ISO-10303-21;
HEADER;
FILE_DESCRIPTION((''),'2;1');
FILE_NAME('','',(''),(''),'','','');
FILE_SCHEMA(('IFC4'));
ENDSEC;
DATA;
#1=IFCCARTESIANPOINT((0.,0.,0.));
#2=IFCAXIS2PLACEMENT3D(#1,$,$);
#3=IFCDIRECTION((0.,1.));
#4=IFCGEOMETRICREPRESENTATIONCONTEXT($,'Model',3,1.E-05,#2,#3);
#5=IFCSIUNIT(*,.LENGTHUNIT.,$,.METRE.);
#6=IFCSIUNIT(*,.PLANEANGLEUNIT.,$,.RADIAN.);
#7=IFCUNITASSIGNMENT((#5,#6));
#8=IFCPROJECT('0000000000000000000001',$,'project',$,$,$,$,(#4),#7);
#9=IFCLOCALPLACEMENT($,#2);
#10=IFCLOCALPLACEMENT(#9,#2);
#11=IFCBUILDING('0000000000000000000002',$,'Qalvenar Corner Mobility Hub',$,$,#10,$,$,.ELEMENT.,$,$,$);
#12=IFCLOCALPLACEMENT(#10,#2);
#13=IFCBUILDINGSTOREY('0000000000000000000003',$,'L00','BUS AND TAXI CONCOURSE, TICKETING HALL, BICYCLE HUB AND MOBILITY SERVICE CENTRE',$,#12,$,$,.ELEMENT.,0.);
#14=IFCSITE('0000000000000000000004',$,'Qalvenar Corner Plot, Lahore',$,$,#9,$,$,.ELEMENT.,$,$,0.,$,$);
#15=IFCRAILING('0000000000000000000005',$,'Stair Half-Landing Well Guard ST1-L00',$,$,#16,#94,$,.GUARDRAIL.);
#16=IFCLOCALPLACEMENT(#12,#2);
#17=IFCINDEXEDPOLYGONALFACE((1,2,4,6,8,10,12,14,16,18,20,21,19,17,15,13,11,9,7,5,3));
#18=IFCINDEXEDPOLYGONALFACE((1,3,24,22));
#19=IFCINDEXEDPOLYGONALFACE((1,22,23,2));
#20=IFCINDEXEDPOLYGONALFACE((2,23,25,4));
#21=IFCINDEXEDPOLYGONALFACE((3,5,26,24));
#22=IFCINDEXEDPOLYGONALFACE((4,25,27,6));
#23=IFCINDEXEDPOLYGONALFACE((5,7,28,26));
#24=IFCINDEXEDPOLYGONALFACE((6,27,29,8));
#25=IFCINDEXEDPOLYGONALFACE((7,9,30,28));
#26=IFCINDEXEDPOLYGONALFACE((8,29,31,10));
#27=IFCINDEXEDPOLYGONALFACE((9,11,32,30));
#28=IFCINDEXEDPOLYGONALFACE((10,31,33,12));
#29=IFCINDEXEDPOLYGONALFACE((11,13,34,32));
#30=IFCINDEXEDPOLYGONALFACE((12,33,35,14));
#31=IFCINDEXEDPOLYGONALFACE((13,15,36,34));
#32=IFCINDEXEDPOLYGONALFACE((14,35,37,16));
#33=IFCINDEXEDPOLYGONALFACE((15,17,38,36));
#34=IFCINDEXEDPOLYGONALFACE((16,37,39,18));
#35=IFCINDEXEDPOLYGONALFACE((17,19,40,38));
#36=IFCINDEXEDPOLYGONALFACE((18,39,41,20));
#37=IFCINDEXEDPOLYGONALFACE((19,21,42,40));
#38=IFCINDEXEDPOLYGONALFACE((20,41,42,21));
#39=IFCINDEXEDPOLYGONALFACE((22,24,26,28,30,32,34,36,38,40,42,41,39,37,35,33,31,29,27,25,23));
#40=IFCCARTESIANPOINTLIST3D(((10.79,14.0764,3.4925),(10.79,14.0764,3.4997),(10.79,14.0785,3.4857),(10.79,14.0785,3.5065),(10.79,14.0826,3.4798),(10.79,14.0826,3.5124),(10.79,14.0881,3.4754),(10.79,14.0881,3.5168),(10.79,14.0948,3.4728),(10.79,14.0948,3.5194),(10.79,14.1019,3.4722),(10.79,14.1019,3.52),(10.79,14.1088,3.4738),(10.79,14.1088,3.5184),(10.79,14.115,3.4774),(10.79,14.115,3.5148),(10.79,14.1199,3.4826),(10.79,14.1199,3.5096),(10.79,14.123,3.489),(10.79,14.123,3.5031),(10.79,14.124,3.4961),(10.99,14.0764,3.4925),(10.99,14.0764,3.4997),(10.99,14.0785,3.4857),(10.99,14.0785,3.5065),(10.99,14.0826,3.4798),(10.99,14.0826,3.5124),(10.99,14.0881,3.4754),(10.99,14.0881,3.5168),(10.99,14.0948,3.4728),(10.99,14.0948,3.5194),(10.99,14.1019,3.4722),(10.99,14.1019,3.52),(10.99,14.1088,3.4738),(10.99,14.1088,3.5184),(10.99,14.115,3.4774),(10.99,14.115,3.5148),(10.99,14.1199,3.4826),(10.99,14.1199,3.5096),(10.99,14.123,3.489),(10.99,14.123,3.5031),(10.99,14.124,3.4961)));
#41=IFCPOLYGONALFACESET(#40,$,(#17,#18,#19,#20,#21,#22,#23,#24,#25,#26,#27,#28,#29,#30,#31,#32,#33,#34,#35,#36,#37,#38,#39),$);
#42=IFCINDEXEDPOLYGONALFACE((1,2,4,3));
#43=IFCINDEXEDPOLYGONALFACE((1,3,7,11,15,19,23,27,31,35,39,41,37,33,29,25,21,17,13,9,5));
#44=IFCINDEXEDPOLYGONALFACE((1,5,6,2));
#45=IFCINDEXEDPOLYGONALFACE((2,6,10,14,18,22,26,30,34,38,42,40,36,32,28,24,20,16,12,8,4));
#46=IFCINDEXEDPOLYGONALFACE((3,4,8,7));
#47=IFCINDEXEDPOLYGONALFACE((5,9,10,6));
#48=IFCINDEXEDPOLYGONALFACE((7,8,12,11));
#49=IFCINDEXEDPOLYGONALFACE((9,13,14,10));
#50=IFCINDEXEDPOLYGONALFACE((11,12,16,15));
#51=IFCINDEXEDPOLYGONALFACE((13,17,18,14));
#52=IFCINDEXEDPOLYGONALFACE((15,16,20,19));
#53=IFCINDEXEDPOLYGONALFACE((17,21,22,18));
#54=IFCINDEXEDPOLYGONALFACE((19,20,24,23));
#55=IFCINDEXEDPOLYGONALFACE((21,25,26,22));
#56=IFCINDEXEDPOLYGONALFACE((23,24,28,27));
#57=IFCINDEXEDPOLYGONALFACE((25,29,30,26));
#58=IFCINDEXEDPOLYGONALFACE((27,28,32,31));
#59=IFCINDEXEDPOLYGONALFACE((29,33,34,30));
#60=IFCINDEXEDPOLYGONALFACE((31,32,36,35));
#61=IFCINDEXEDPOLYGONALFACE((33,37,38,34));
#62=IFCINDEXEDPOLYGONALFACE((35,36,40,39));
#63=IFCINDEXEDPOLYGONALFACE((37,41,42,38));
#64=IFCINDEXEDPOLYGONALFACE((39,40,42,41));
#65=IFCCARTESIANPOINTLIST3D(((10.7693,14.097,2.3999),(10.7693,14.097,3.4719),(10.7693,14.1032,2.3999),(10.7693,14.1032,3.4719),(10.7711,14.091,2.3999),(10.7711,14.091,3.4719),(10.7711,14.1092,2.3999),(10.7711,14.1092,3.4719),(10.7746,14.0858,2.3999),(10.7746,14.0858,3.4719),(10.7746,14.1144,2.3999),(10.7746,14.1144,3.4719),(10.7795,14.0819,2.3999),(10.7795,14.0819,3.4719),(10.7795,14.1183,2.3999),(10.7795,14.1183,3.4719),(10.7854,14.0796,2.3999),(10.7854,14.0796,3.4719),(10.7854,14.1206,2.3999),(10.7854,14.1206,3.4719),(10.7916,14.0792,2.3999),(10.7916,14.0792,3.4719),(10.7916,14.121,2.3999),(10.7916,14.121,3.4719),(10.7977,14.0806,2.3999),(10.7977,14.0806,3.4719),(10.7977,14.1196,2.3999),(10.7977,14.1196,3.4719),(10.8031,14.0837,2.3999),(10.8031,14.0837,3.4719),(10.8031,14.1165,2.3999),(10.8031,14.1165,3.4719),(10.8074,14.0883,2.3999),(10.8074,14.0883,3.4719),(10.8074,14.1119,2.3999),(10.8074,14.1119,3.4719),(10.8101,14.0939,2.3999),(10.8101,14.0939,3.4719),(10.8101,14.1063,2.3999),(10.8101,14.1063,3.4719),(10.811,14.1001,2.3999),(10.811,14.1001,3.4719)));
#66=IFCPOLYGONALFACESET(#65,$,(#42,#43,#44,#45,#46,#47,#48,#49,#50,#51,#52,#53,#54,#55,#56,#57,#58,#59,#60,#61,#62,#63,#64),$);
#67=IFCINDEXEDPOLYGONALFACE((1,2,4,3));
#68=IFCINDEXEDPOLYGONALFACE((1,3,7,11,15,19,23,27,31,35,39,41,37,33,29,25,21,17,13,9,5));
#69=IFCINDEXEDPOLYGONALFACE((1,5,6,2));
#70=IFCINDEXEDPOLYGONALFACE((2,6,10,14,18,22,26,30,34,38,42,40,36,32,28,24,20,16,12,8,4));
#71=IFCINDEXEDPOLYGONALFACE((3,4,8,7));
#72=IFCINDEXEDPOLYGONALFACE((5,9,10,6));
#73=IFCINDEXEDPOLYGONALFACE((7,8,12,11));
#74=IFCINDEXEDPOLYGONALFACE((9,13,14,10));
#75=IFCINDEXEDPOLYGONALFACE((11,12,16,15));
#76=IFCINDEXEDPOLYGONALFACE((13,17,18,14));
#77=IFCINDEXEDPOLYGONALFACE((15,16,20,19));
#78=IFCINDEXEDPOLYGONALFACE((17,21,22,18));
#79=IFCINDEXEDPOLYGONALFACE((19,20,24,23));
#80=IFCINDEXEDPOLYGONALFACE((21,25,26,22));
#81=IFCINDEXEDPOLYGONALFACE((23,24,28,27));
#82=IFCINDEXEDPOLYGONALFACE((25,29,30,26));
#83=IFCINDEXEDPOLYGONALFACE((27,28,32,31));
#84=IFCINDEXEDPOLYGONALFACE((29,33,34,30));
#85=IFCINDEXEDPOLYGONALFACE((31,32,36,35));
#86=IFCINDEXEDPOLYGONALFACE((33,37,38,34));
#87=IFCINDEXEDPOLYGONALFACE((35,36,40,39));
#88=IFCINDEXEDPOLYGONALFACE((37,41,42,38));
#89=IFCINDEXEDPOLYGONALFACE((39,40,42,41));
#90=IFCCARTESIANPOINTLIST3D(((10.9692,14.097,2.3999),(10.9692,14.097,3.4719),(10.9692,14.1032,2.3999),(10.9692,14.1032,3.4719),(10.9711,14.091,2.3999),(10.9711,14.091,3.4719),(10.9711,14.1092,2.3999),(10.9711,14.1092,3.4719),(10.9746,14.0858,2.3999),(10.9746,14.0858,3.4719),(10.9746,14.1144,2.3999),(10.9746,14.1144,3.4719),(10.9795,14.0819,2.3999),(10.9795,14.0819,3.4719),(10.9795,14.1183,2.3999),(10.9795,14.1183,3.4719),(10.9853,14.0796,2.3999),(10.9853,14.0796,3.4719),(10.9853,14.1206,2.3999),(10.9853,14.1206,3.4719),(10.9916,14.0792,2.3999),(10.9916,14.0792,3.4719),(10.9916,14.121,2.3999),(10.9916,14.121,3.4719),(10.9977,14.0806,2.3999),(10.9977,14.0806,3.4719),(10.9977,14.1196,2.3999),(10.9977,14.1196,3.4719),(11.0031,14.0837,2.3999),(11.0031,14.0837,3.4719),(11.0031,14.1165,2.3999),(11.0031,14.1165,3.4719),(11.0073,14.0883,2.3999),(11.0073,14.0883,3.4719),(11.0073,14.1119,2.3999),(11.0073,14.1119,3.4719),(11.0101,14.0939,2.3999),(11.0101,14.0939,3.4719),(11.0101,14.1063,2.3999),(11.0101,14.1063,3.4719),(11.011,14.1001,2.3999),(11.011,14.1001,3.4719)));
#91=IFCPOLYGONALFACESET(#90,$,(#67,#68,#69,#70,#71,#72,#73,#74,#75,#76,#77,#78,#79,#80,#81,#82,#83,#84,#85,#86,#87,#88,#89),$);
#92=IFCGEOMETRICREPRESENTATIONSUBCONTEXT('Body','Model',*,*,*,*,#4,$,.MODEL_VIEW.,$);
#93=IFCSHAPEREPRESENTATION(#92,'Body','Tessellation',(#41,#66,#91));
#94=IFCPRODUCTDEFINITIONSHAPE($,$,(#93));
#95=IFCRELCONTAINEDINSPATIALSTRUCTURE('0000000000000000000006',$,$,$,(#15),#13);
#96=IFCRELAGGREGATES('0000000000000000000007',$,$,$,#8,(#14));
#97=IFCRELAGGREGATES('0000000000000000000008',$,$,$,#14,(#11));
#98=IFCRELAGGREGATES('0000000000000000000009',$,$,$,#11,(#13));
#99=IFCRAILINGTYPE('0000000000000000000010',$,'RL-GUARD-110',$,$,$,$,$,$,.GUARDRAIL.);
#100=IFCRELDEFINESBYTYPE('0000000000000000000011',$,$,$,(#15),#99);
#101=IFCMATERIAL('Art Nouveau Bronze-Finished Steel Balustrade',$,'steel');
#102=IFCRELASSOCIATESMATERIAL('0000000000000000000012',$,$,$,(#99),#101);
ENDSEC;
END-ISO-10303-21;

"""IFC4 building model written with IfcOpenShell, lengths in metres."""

from ifc_helpers import new_model, si_unit, direction, frame, origin, origin_2d, place, context, subcontext, project, spatial, circle, extrude, material, type_object, element, save


model = new_model("IFC4")

# Units and contexts
model_context = context("Model", 3, precision=1e-05, world=origin(), true_north=direction((0.0, 1.0)))
body_context = subcontext(model_context, "Body", "Model", "MODEL_VIEW")
ifc_project = project(units=[si_unit("LENGTHUNIT", "METRE"), si_unit("PLANEANGLEUNIT", "RADIAN")], contexts=[model_context])

# Site, building, storey
site_placement = place(None, origin())
site = spatial("IfcSite", under=ifc_project, at=site_placement, Name="Qalvenar Corner Plot, Lahore", CompositionType="ELEMENT", RefElevation=0.0)
building_placement = place(site_placement, origin())
building = spatial("IfcBuilding", under=site, at=building_placement, Name="Qalvenar Corner Mobility Hub", CompositionType="ELEMENT")
storey_placement = place(building_placement, origin())
storey = spatial("IfcBuildingStorey", under=building, at=storey_placement, Name="L00", Description="BUS AND TAXI CONCOURSE, TICKETING HALL, BICYCLE HUB AND MOBILITY SERVICE CENTRE", CompositionType="ELEMENT", Elevation=0.0)

# Railing
ifc_material_1 = material(Name="Art Nouveau Bronze-Finished Steel Balustrade", Category="steel")
railing_type_1 = type_object("IfcRailingType", Name="RL-GUARD-110", PredefinedType="GUARDRAIL", material=ifc_material_1)
for number, where, name in (
    (1, (10.79, 14.1001, 2.3999), "Stair Half-Landing Well Guard ST1-L00"),
):
    element("IfcRailing", number, at=place(storey_placement, frame(where)), inside=storey, type_object=railing_type_1, Name=name, PredefinedType="GUARDRAIL", context=body_context, shape_type="SweptSolid", body=[
        extrude(circle(Radius=0.0239, at=origin_2d()), frame((0.0, 0.0, 1.0962), z_axis=(1.0, 0.0, 0.0), x_axis=(0.0, 1.0, 0.0)), (0.0, 0.0, 1.0), 0.2),
        extrude(circle(Radius=0.021, at=origin_2d()), origin(), (0.0, 0.0, 1.0), 1.072),
        extrude(circle(Radius=0.021, at=origin_2d()), frame((0.2, 0.0, 0.0)), (0.0, 0.0, 1.0), 1.072),
    ])

save(model, "model.ifc")
